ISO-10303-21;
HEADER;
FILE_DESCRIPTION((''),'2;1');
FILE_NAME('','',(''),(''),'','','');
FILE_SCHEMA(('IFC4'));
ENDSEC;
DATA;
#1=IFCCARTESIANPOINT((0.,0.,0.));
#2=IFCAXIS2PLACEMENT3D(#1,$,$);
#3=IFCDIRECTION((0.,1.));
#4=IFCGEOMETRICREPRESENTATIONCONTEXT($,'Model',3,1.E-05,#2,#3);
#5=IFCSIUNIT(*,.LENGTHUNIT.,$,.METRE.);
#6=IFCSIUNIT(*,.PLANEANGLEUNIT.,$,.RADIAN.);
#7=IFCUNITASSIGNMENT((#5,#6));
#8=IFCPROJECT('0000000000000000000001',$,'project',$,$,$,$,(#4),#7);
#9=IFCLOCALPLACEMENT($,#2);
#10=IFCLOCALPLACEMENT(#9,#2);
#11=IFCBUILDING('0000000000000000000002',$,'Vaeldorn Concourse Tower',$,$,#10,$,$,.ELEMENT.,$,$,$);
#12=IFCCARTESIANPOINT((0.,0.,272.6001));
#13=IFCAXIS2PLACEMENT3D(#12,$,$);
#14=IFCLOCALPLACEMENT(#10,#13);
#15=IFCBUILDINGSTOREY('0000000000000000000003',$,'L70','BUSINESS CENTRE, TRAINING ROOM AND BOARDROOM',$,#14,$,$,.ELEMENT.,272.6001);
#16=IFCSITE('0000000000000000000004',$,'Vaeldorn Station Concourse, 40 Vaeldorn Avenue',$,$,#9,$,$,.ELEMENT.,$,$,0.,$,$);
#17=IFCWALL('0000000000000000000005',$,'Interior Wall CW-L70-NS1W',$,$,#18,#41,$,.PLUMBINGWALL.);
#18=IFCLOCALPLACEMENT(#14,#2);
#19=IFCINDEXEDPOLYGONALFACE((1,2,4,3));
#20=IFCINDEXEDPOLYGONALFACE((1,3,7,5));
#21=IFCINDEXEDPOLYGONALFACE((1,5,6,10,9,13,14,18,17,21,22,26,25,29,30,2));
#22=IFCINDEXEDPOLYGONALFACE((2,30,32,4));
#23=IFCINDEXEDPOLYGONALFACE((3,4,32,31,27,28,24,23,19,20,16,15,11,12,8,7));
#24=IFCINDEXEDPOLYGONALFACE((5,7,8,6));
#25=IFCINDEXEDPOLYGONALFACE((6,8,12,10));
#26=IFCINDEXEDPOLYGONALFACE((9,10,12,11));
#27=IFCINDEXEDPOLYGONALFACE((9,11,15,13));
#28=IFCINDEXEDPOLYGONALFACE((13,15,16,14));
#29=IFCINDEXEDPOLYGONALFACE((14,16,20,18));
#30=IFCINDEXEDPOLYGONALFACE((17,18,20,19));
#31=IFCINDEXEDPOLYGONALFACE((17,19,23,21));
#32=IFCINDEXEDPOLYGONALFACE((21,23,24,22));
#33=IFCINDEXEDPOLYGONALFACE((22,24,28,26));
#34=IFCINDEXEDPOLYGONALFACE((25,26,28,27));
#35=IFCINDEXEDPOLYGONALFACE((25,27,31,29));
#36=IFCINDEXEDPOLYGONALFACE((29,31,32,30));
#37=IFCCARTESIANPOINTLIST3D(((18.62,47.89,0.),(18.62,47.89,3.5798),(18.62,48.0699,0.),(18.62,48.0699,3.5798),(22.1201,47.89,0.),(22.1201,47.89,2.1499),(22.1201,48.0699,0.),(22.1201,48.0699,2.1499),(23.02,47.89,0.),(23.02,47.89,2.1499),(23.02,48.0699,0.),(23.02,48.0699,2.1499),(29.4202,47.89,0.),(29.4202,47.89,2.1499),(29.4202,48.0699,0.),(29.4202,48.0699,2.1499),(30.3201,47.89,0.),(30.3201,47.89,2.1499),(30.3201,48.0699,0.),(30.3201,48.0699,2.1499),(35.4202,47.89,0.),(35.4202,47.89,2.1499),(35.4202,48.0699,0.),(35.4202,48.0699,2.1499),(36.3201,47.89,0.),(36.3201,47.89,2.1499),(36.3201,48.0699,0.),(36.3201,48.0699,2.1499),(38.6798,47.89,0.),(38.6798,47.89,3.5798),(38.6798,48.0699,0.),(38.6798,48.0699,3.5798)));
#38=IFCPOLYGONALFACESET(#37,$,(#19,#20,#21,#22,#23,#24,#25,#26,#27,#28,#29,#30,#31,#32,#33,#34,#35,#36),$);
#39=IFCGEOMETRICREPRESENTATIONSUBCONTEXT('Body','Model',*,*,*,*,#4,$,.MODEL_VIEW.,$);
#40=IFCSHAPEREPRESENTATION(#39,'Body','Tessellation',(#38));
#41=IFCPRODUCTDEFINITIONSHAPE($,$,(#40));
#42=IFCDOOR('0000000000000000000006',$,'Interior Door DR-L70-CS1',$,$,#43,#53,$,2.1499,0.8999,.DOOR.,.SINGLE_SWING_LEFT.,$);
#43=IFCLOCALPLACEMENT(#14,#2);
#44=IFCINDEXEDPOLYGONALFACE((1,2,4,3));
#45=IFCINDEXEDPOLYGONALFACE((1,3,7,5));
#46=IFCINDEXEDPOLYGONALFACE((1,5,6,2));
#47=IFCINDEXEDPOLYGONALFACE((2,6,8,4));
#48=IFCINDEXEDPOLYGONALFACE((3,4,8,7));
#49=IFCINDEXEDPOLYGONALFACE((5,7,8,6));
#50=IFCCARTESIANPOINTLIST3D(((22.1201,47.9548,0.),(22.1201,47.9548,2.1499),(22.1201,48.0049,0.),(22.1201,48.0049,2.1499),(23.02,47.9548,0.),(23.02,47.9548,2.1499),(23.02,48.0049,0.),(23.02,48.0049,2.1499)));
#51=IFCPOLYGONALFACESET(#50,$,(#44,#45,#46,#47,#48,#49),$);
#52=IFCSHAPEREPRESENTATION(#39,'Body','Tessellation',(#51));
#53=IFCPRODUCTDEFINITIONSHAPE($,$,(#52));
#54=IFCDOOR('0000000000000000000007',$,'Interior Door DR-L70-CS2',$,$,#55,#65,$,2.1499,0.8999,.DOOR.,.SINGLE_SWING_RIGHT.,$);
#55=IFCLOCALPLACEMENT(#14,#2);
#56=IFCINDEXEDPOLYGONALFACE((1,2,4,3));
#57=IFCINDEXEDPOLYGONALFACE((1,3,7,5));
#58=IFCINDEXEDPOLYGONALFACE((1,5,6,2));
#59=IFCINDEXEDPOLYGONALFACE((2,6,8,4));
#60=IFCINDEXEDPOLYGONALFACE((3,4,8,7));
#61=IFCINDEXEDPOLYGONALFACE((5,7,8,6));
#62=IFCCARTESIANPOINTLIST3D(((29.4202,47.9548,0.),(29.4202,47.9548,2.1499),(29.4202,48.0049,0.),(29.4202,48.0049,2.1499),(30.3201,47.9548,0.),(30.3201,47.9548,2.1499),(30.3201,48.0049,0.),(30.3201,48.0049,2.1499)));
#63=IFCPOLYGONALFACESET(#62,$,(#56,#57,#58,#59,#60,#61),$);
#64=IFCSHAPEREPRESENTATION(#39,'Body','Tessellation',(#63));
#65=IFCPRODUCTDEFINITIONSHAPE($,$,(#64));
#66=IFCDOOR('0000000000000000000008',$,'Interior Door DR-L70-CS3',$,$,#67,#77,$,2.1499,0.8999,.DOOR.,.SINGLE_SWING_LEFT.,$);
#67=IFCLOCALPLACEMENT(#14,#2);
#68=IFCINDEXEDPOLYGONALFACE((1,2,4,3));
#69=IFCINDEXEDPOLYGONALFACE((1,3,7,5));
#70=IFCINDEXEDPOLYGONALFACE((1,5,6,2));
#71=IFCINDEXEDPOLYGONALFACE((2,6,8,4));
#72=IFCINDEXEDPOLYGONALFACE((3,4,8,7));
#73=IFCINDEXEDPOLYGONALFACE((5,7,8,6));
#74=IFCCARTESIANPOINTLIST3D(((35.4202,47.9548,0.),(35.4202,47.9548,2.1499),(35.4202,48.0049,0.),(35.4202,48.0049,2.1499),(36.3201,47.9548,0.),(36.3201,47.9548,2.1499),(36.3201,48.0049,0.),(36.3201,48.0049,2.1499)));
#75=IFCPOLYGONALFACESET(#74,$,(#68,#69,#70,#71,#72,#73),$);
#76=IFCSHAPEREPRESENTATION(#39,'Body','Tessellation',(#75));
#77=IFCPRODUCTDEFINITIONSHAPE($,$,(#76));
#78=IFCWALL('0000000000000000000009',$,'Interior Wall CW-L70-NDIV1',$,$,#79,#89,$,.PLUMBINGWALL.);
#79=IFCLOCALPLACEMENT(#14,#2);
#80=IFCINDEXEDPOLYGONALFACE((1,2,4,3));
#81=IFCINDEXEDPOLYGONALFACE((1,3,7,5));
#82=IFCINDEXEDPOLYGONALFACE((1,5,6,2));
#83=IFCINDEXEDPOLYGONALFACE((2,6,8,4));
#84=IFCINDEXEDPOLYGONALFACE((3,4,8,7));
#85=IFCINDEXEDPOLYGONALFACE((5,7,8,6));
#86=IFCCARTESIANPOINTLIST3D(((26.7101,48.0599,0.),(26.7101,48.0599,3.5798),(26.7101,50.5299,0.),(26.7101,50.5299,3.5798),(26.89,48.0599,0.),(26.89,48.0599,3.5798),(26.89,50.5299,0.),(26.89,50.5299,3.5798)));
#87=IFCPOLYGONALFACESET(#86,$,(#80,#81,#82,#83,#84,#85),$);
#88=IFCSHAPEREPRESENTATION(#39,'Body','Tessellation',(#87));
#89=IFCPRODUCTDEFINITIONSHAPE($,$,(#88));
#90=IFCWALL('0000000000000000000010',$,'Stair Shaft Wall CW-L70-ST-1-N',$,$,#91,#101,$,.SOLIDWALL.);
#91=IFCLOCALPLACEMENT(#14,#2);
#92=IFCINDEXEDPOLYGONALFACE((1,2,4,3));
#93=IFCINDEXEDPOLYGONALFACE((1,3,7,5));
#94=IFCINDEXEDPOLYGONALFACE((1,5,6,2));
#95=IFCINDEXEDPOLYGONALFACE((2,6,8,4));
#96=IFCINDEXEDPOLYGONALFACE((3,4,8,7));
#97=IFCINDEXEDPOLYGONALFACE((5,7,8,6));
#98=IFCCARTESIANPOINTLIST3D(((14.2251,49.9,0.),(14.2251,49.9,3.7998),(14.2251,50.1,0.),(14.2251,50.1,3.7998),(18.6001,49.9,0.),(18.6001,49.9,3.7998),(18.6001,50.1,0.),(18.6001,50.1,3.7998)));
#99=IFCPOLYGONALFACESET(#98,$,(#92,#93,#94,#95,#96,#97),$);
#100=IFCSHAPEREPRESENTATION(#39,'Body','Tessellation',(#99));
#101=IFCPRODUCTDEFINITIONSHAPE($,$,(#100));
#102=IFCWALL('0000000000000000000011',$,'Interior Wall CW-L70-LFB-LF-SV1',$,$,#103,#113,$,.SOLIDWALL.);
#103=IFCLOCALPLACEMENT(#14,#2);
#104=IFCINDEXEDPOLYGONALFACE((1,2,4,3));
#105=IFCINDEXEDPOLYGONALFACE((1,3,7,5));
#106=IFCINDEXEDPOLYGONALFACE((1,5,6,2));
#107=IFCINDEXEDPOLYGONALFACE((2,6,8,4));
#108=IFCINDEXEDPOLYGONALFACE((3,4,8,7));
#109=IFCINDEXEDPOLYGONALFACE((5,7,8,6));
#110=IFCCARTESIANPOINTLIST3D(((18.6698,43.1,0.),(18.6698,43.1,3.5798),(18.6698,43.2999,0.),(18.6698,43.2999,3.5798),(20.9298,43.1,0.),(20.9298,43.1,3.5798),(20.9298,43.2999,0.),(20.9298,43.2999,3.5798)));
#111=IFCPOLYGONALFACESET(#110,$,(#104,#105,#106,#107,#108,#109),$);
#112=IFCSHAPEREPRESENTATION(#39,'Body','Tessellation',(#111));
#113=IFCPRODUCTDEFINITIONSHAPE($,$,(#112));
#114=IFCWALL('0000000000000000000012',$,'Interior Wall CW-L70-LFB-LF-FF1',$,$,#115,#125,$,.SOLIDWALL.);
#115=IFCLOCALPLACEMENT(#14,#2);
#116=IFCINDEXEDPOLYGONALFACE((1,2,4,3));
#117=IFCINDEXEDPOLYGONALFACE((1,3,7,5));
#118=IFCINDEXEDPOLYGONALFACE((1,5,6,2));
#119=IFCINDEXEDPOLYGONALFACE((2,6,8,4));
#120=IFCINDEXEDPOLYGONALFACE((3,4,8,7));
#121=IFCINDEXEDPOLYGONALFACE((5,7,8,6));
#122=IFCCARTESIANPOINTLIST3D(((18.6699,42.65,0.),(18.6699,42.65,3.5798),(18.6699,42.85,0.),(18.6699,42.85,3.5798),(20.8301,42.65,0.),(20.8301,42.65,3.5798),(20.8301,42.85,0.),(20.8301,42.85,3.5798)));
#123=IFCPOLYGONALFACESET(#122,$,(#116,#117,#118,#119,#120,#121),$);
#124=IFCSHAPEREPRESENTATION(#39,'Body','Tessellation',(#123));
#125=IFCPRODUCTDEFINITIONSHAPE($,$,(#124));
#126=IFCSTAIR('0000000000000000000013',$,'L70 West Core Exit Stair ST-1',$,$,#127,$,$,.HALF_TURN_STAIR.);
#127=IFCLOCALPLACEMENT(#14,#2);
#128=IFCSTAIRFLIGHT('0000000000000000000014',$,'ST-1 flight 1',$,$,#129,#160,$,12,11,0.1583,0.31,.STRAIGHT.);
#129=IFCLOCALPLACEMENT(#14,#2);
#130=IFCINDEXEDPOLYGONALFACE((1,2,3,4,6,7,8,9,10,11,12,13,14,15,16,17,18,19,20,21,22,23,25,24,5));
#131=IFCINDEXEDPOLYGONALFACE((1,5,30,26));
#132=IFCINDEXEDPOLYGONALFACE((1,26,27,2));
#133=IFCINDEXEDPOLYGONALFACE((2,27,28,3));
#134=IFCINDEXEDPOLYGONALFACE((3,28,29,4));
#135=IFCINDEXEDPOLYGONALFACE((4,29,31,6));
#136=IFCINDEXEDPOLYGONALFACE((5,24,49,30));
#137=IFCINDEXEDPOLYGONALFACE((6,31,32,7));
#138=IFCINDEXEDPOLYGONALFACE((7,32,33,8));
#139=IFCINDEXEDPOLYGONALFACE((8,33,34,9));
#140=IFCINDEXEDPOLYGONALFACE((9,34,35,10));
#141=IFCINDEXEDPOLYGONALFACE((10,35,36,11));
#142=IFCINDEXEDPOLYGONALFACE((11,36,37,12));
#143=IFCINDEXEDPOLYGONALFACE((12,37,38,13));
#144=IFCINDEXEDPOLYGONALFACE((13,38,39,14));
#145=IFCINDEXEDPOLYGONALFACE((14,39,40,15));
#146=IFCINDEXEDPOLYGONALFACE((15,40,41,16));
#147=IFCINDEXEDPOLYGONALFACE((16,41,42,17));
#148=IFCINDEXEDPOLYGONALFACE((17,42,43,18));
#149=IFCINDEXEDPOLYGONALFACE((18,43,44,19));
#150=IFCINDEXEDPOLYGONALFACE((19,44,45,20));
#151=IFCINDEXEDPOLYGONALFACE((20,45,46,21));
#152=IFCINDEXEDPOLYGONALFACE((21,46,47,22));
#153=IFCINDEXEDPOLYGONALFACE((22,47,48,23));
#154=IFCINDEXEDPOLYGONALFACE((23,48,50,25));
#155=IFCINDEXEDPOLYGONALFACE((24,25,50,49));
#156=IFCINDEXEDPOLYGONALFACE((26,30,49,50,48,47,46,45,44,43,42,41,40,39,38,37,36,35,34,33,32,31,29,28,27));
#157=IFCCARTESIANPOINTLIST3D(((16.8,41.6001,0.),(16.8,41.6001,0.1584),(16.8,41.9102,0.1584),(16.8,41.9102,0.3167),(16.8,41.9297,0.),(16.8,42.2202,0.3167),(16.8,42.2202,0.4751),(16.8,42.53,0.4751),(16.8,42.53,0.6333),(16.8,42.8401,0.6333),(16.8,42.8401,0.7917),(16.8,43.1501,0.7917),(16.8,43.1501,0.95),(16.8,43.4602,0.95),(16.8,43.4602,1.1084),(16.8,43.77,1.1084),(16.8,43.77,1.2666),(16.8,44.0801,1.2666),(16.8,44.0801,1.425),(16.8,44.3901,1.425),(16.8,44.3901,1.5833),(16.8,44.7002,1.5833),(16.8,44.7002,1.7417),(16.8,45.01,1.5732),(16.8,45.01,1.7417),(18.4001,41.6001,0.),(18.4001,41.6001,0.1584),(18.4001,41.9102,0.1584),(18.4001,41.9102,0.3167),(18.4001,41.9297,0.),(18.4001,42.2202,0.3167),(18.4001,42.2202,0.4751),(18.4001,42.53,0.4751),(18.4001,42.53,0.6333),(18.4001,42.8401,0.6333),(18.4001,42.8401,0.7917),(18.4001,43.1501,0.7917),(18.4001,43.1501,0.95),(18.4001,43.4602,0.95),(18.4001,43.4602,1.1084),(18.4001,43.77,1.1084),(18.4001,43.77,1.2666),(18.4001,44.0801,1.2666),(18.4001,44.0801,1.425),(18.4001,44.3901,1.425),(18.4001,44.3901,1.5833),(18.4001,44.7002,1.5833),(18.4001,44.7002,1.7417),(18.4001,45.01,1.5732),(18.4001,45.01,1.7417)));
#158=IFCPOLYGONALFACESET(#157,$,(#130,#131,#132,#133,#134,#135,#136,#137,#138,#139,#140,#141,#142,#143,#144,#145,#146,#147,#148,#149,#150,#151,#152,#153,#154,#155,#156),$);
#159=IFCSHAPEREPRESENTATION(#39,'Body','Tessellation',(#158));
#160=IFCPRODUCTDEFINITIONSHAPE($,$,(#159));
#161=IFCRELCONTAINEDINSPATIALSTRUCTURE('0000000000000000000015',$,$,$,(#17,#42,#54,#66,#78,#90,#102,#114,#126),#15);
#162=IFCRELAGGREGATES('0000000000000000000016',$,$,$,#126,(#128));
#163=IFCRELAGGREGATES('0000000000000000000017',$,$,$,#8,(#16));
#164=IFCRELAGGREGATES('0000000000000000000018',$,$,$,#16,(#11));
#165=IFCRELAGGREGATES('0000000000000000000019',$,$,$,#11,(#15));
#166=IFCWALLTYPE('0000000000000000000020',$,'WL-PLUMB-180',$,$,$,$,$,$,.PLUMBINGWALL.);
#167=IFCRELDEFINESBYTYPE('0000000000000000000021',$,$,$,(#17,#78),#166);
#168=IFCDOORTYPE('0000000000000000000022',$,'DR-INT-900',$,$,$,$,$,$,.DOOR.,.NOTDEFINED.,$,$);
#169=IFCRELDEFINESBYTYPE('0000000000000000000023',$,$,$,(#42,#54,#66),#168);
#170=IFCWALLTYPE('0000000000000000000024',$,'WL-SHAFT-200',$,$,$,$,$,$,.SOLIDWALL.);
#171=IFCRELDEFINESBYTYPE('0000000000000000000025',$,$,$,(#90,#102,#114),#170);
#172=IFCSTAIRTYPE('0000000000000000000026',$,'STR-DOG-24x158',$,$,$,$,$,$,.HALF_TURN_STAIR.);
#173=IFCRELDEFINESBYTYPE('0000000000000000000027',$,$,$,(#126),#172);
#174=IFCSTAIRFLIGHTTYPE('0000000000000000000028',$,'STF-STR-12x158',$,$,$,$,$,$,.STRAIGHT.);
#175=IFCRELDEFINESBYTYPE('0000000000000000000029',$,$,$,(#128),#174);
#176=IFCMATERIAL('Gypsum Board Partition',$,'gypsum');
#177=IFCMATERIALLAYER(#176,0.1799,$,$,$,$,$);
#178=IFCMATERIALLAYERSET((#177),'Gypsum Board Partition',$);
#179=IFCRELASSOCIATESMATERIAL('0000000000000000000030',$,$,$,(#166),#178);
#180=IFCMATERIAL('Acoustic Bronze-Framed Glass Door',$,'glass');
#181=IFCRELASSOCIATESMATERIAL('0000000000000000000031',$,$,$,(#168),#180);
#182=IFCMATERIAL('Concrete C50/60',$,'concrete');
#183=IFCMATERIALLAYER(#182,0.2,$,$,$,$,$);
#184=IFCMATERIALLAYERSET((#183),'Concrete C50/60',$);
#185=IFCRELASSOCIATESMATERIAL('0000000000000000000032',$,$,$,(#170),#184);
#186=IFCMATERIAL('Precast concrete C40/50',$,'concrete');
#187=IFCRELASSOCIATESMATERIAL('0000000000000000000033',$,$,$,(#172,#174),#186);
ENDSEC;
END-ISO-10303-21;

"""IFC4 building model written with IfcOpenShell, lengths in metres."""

from ifc_helpers import new_model, si_unit, direction, frame, frame_2d, origin, place, context, subcontext, project, spatial, polyline, rectangle, outline, extrude, source, transform, mapped, material, layer, layer_set, type_object, element, fill, aggregate, save


model = new_model("IFC4")

# Units and contexts
model_context = context("Model", 3, precision=1e-05, world=origin(), true_north=direction((0.0, 1.0)))
body_context = subcontext(model_context, "Body", "Model", "MODEL_VIEW")
ifc_project = project(units=[si_unit("LENGTHUNIT", "METRE"), si_unit("PLANEANGLEUNIT", "RADIAN")], contexts=[model_context])

# Site, building, storey
site_placement = place(None, origin())
site = spatial("IfcSite", under=ifc_project, at=site_placement, Name="Vaeldorn Station Concourse, 40 Vaeldorn Avenue", CompositionType="ELEMENT", RefElevation=0.0)
building_placement = place(site_placement, origin())
building = spatial("IfcBuilding", under=site, at=building_placement, Name="Vaeldorn Concourse Tower", CompositionType="ELEMENT")
storey_placement = place(building_placement, frame((0.0, 0.0, 272.6001)))
storey = spatial("IfcBuildingStorey", under=building, at=storey_placement, Name="L70", Description="BUSINESS CENTRE, TRAINING ROOM AND BOARDROOM", CompositionType="ELEMENT", Elevation=272.6001)

# Shared definitions
ifc_material_1 = material(Name="Concrete C50/60", Category="concrete")
ifc_material_2 = material(Name="Gypsum Board Partition", Category="gypsum")

# Wall, openings, doors
ifc_layer_1 = layer(ifc_material_2, 0.1799)
ifc_layer_set_1 = layer_set([ifc_layer_1], Name="Gypsum Board Partition")
wall_type_1 = type_object("IfcWallType", Name="WL-PLUMB-180", PredefinedType="PLUMBINGWALL", material=ifc_layer_set_1)
wall_1_placement = place(storey_placement, frame((18.6201, 47.98, 0.0), z_axis=(0.0, 0.0, 1.0), x_axis=(1.0, 0.0, 0.0)))
wall_1 = element("IfcWall", 1, at=wall_1_placement, inside=storey, type_object=wall_type_1, Name="Interior Wall CW-L70-NS1W", PredefinedType="PLUMBINGWALL", context=body_context, shape_type="SweptSolid", body=[
    extrude(rectangle(XDim=20.0598, YDim=0.1799, at=frame_2d((10.0298, 0.0))), origin(), (0.0, 0.0, 1.0), 3.5798),
])
opening_1_placement = place(wall_1_placement, frame((3.5, 0.0, 0.0)))
opening_1 = element("IfcOpeningElement", 2, at=opening_1_placement, cuts=wall_1, PredefinedType="OPENING", context=body_context, shape_type="SweptSolid", body=[
    extrude(rectangle(XDim=0.8999, YDim=2.1499, at=frame_2d((0.45, 1.075))), frame((0.0, 0.1001, 0.0), z_axis=(0.0, -1.0, 0.0), x_axis=(1.0, 0.0, 0.0)), (0.0, 0.0, 1.0), 0.2),
])
opening_2_placement = place(wall_1_placement, frame((10.8, 0.0, 0.0)))
opening_2 = element("IfcOpeningElement", 3, at=opening_2_placement, cuts=wall_1, PredefinedType="OPENING", context=body_context, shape_type="SweptSolid", body=[
    extrude(rectangle(XDim=0.8999, YDim=2.1499, at=frame_2d((0.45, 1.075))), frame((0.0, 0.1001, 0.0), z_axis=(0.0, -1.0, 0.0), x_axis=(1.0, 0.0, 0.0)), (0.0, 0.0, 1.0), 0.2),
])
opening_3_placement = place(wall_1_placement, frame((16.8, 0.0, 0.0)))
opening_3 = element("IfcOpeningElement", 4, at=opening_3_placement, cuts=wall_1, PredefinedType="OPENING", context=body_context, shape_type="SweptSolid", body=[
    extrude(rectangle(XDim=0.8999, YDim=2.1499, at=frame_2d((0.45, 1.075))), frame((0.0, 0.1001, 0.0), z_axis=(0.0, -1.0, 0.0), x_axis=(1.0, 0.0, 0.0)), (0.0, 0.0, 1.0), 0.2),
])
ifc_material_3 = material(Name="Acoustic Bronze-Framed Glass Door", Category="glass")
door_type_1 = type_object("IfcDoorType", Name="DR-INT-900", OperationType="NOTDEFINED", PredefinedType="DOOR", material=ifc_material_3)
shared_shape_1 = source(origin(), body_context, "Body", "SweptSolid", [
    extrude(rectangle(XDim=0.8999, YDim=2.1499, at=frame_2d((0.45, 1.075))), frame((0.0, 0.0249, 0.0), z_axis=(0.0, -1.0, 0.0), x_axis=(1.0, 0.0, 0.0)), (0.0, 0.0, 1.0), 0.05),
])
door_1_placement = place(opening_1_placement, origin())
door_1 = element("IfcDoor", 5, at=door_1_placement, inside=storey, type_object=door_type_1, Name="Interior Door DR-L70-CS1", OperationType="SINGLE_SWING_LEFT", OverallHeight=2.1499, OverallWidth=0.8999, PredefinedType="DOOR", context=body_context, shape_type="MappedRepresentation", body=[
    mapped(shared_shape_1, transform((0.0, 0.0, 0.0), scale=1.0)),
])
fill(opening_1, door_1)
door_2_placement = place(opening_2_placement, origin())
door_2 = element("IfcDoor", 6, at=door_2_placement, inside=storey, type_object=door_type_1, Name="Interior Door DR-L70-CS2", OperationType="SINGLE_SWING_RIGHT", OverallHeight=2.1499, OverallWidth=0.8999, PredefinedType="DOOR", context=body_context, shape_type="MappedRepresentation", body=[
    mapped(shared_shape_1, transform((0.0, 0.0, 0.0), scale=1.0)),
])
fill(opening_2, door_2)
door_3_placement = place(opening_3_placement, origin())
door_3 = element("IfcDoor", 7, at=door_3_placement, inside=storey, type_object=door_type_1, Name="Interior Door DR-L70-CS3", OperationType="SINGLE_SWING_LEFT", OverallHeight=2.1499, OverallWidth=0.8999, PredefinedType="DOOR", context=body_context, shape_type="MappedRepresentation", body=[
    mapped(shared_shape_1, transform((0.0, 0.0, 0.0), scale=1.0)),
])
fill(opening_3, door_3)

# Walls
wall_2_placement = place(storey_placement, frame((26.8, 48.0601, 0.0), z_axis=(0.0, 0.0, 1.0), x_axis=(0.0, 1.0, 0.0)))
element("IfcWall", 8, at=wall_2_placement, inside=storey, type_object=wall_type_1, Name="Interior Wall CW-L70-NDIV1", PredefinedType="PLUMBINGWALL", context=body_context, shape_type="SweptSolid", body=[
    extrude(rectangle(XDim=2.47, YDim=0.1799, at=frame_2d((1.2349, 0.0))), origin(), (0.0, 0.0, 1.0), 3.5798),
])
ifc_layer_2 = layer(ifc_material_1, 0.2)
ifc_layer_set_2 = layer_set([ifc_layer_2], Name="Concrete C50/60")
wall_type_2 = type_object("IfcWallType", Name="WL-SHAFT-200", PredefinedType="SOLIDWALL", material=ifc_layer_set_2)
wall_3_placement = place(storey_placement, frame((14.2251, 50.0, 0.0), z_axis=(0.0, 0.0, 1.0), x_axis=(1.0, 0.0, 0.0)))
element("IfcWall", 9, at=wall_3_placement, inside=storey, type_object=wall_type_2, Name="Stair Shaft Wall CW-L70-ST-1-N", PredefinedType="SOLIDWALL", context=body_context, shape_type="SweptSolid", body=[
    extrude(rectangle(XDim=4.375, YDim=0.2, at=frame_2d((2.1875, 0.0))), origin(), (0.0, 0.0, 1.0), 3.7998),
])

# Walls
wall_4_placement = place(storey_placement, frame((18.6699, 43.2, 0.0), z_axis=(0.0, 0.0, 1.0), x_axis=(1.0, 0.0, 0.0)))
element("IfcWall", 10, at=wall_4_placement, inside=storey, type_object=wall_type_2, Name="Interior Wall CW-L70-LFB-LF-SV1", PredefinedType="SOLIDWALL", context=body_context, shape_type="SweptSolid", body=[
    extrude(rectangle(XDim=2.26, YDim=0.2, at=frame_2d((1.1299, 0.0))), origin(), (0.0, 0.0, 1.0), 3.5798),
])
wall_5_placement = place(storey_placement, frame((18.6699, 42.75, 0.0), z_axis=(0.0, 0.0, 1.0), x_axis=(1.0, 0.0, 0.0)))
element("IfcWall", 11, at=wall_5_placement, inside=storey, type_object=wall_type_2, Name="Interior Wall CW-L70-LFB-LF-FF1", PredefinedType="SOLIDWALL", context=body_context, shape_type="SweptSolid", body=[
    extrude(rectangle(XDim=2.1602, YDim=0.2, at=frame_2d((1.0801, 0.0))), origin(), (0.0, 0.0, 1.0), 3.5798),
])

# Stair, stair flight
ifc_material_4 = material(Name="Precast concrete C40/50", Category="concrete")
stair_type = type_object("IfcStairType", Name="STR-DOG-24x158", PredefinedType="HALF_TURN_STAIR", material=ifc_material_4)
stair_placement = place(storey_placement, origin())
stair = element("IfcStair", 12, at=stair_placement, inside=storey, type_object=stair_type, Name="L70 West Core Exit Stair ST-1", PredefinedType="HALF_TURN_STAIR")
stair_flight_type = type_object("IfcStairFlightType", Name="STF-STR-12x158", PredefinedType="STRAIGHT", material=ifc_material_4)
stair_flight_1_placement = place(storey_placement, frame((17.6001, 41.6001, 0.0), z_axis=(0.0, 0.0, 1.0), x_axis=(0.0, 1.0, 0.0)))
stair_flight_1 = element("IfcStairFlight", 13, at=stair_flight_1_placement, type_object=stair_flight_type, Name="ST-1 flight 1", NumberOfRisers=12, NumberOfTreads=11, PredefinedType="STRAIGHT", RiserHeight=0.1583, TreadLength=0.31, context=body_context, shape_type="SweptSolid", body=[
    extrude(outline(polyline([(0.0, 0.0), (0.0, 0.1584), (0.3101, 0.1584), (0.3101, 0.3167), (0.6201, 0.3167), (0.6201, 0.4751), (0.9299, 0.4751), (0.9299, 0.6333), (1.24, 0.6333), (1.24, 0.7917), (1.55, 0.7917), (1.55, 0.95), (1.8601, 0.95), (1.8601, 1.1084), (2.1699, 1.1084), (2.1699, 1.2666), (2.48, 1.2666), (2.48, 1.425), (2.79, 1.425), (2.79, 1.5833), (3.1001, 1.5833), (3.1001, 1.7417), (3.4099, 1.7417), (3.4099, 1.8999), (3.4099, 1.5732), (0.3296, 0.0), (0.0, 0.0)])), frame((0.0, 0.8, 0.0), z_axis=(0.0, -1.0, 0.0), x_axis=(1.0, 0.0, 0.0)), (0.0, 0.0, 1.0), 1.6001),
])
aggregate(stair, [stair_flight_1])

save(model, "model.ifc")
